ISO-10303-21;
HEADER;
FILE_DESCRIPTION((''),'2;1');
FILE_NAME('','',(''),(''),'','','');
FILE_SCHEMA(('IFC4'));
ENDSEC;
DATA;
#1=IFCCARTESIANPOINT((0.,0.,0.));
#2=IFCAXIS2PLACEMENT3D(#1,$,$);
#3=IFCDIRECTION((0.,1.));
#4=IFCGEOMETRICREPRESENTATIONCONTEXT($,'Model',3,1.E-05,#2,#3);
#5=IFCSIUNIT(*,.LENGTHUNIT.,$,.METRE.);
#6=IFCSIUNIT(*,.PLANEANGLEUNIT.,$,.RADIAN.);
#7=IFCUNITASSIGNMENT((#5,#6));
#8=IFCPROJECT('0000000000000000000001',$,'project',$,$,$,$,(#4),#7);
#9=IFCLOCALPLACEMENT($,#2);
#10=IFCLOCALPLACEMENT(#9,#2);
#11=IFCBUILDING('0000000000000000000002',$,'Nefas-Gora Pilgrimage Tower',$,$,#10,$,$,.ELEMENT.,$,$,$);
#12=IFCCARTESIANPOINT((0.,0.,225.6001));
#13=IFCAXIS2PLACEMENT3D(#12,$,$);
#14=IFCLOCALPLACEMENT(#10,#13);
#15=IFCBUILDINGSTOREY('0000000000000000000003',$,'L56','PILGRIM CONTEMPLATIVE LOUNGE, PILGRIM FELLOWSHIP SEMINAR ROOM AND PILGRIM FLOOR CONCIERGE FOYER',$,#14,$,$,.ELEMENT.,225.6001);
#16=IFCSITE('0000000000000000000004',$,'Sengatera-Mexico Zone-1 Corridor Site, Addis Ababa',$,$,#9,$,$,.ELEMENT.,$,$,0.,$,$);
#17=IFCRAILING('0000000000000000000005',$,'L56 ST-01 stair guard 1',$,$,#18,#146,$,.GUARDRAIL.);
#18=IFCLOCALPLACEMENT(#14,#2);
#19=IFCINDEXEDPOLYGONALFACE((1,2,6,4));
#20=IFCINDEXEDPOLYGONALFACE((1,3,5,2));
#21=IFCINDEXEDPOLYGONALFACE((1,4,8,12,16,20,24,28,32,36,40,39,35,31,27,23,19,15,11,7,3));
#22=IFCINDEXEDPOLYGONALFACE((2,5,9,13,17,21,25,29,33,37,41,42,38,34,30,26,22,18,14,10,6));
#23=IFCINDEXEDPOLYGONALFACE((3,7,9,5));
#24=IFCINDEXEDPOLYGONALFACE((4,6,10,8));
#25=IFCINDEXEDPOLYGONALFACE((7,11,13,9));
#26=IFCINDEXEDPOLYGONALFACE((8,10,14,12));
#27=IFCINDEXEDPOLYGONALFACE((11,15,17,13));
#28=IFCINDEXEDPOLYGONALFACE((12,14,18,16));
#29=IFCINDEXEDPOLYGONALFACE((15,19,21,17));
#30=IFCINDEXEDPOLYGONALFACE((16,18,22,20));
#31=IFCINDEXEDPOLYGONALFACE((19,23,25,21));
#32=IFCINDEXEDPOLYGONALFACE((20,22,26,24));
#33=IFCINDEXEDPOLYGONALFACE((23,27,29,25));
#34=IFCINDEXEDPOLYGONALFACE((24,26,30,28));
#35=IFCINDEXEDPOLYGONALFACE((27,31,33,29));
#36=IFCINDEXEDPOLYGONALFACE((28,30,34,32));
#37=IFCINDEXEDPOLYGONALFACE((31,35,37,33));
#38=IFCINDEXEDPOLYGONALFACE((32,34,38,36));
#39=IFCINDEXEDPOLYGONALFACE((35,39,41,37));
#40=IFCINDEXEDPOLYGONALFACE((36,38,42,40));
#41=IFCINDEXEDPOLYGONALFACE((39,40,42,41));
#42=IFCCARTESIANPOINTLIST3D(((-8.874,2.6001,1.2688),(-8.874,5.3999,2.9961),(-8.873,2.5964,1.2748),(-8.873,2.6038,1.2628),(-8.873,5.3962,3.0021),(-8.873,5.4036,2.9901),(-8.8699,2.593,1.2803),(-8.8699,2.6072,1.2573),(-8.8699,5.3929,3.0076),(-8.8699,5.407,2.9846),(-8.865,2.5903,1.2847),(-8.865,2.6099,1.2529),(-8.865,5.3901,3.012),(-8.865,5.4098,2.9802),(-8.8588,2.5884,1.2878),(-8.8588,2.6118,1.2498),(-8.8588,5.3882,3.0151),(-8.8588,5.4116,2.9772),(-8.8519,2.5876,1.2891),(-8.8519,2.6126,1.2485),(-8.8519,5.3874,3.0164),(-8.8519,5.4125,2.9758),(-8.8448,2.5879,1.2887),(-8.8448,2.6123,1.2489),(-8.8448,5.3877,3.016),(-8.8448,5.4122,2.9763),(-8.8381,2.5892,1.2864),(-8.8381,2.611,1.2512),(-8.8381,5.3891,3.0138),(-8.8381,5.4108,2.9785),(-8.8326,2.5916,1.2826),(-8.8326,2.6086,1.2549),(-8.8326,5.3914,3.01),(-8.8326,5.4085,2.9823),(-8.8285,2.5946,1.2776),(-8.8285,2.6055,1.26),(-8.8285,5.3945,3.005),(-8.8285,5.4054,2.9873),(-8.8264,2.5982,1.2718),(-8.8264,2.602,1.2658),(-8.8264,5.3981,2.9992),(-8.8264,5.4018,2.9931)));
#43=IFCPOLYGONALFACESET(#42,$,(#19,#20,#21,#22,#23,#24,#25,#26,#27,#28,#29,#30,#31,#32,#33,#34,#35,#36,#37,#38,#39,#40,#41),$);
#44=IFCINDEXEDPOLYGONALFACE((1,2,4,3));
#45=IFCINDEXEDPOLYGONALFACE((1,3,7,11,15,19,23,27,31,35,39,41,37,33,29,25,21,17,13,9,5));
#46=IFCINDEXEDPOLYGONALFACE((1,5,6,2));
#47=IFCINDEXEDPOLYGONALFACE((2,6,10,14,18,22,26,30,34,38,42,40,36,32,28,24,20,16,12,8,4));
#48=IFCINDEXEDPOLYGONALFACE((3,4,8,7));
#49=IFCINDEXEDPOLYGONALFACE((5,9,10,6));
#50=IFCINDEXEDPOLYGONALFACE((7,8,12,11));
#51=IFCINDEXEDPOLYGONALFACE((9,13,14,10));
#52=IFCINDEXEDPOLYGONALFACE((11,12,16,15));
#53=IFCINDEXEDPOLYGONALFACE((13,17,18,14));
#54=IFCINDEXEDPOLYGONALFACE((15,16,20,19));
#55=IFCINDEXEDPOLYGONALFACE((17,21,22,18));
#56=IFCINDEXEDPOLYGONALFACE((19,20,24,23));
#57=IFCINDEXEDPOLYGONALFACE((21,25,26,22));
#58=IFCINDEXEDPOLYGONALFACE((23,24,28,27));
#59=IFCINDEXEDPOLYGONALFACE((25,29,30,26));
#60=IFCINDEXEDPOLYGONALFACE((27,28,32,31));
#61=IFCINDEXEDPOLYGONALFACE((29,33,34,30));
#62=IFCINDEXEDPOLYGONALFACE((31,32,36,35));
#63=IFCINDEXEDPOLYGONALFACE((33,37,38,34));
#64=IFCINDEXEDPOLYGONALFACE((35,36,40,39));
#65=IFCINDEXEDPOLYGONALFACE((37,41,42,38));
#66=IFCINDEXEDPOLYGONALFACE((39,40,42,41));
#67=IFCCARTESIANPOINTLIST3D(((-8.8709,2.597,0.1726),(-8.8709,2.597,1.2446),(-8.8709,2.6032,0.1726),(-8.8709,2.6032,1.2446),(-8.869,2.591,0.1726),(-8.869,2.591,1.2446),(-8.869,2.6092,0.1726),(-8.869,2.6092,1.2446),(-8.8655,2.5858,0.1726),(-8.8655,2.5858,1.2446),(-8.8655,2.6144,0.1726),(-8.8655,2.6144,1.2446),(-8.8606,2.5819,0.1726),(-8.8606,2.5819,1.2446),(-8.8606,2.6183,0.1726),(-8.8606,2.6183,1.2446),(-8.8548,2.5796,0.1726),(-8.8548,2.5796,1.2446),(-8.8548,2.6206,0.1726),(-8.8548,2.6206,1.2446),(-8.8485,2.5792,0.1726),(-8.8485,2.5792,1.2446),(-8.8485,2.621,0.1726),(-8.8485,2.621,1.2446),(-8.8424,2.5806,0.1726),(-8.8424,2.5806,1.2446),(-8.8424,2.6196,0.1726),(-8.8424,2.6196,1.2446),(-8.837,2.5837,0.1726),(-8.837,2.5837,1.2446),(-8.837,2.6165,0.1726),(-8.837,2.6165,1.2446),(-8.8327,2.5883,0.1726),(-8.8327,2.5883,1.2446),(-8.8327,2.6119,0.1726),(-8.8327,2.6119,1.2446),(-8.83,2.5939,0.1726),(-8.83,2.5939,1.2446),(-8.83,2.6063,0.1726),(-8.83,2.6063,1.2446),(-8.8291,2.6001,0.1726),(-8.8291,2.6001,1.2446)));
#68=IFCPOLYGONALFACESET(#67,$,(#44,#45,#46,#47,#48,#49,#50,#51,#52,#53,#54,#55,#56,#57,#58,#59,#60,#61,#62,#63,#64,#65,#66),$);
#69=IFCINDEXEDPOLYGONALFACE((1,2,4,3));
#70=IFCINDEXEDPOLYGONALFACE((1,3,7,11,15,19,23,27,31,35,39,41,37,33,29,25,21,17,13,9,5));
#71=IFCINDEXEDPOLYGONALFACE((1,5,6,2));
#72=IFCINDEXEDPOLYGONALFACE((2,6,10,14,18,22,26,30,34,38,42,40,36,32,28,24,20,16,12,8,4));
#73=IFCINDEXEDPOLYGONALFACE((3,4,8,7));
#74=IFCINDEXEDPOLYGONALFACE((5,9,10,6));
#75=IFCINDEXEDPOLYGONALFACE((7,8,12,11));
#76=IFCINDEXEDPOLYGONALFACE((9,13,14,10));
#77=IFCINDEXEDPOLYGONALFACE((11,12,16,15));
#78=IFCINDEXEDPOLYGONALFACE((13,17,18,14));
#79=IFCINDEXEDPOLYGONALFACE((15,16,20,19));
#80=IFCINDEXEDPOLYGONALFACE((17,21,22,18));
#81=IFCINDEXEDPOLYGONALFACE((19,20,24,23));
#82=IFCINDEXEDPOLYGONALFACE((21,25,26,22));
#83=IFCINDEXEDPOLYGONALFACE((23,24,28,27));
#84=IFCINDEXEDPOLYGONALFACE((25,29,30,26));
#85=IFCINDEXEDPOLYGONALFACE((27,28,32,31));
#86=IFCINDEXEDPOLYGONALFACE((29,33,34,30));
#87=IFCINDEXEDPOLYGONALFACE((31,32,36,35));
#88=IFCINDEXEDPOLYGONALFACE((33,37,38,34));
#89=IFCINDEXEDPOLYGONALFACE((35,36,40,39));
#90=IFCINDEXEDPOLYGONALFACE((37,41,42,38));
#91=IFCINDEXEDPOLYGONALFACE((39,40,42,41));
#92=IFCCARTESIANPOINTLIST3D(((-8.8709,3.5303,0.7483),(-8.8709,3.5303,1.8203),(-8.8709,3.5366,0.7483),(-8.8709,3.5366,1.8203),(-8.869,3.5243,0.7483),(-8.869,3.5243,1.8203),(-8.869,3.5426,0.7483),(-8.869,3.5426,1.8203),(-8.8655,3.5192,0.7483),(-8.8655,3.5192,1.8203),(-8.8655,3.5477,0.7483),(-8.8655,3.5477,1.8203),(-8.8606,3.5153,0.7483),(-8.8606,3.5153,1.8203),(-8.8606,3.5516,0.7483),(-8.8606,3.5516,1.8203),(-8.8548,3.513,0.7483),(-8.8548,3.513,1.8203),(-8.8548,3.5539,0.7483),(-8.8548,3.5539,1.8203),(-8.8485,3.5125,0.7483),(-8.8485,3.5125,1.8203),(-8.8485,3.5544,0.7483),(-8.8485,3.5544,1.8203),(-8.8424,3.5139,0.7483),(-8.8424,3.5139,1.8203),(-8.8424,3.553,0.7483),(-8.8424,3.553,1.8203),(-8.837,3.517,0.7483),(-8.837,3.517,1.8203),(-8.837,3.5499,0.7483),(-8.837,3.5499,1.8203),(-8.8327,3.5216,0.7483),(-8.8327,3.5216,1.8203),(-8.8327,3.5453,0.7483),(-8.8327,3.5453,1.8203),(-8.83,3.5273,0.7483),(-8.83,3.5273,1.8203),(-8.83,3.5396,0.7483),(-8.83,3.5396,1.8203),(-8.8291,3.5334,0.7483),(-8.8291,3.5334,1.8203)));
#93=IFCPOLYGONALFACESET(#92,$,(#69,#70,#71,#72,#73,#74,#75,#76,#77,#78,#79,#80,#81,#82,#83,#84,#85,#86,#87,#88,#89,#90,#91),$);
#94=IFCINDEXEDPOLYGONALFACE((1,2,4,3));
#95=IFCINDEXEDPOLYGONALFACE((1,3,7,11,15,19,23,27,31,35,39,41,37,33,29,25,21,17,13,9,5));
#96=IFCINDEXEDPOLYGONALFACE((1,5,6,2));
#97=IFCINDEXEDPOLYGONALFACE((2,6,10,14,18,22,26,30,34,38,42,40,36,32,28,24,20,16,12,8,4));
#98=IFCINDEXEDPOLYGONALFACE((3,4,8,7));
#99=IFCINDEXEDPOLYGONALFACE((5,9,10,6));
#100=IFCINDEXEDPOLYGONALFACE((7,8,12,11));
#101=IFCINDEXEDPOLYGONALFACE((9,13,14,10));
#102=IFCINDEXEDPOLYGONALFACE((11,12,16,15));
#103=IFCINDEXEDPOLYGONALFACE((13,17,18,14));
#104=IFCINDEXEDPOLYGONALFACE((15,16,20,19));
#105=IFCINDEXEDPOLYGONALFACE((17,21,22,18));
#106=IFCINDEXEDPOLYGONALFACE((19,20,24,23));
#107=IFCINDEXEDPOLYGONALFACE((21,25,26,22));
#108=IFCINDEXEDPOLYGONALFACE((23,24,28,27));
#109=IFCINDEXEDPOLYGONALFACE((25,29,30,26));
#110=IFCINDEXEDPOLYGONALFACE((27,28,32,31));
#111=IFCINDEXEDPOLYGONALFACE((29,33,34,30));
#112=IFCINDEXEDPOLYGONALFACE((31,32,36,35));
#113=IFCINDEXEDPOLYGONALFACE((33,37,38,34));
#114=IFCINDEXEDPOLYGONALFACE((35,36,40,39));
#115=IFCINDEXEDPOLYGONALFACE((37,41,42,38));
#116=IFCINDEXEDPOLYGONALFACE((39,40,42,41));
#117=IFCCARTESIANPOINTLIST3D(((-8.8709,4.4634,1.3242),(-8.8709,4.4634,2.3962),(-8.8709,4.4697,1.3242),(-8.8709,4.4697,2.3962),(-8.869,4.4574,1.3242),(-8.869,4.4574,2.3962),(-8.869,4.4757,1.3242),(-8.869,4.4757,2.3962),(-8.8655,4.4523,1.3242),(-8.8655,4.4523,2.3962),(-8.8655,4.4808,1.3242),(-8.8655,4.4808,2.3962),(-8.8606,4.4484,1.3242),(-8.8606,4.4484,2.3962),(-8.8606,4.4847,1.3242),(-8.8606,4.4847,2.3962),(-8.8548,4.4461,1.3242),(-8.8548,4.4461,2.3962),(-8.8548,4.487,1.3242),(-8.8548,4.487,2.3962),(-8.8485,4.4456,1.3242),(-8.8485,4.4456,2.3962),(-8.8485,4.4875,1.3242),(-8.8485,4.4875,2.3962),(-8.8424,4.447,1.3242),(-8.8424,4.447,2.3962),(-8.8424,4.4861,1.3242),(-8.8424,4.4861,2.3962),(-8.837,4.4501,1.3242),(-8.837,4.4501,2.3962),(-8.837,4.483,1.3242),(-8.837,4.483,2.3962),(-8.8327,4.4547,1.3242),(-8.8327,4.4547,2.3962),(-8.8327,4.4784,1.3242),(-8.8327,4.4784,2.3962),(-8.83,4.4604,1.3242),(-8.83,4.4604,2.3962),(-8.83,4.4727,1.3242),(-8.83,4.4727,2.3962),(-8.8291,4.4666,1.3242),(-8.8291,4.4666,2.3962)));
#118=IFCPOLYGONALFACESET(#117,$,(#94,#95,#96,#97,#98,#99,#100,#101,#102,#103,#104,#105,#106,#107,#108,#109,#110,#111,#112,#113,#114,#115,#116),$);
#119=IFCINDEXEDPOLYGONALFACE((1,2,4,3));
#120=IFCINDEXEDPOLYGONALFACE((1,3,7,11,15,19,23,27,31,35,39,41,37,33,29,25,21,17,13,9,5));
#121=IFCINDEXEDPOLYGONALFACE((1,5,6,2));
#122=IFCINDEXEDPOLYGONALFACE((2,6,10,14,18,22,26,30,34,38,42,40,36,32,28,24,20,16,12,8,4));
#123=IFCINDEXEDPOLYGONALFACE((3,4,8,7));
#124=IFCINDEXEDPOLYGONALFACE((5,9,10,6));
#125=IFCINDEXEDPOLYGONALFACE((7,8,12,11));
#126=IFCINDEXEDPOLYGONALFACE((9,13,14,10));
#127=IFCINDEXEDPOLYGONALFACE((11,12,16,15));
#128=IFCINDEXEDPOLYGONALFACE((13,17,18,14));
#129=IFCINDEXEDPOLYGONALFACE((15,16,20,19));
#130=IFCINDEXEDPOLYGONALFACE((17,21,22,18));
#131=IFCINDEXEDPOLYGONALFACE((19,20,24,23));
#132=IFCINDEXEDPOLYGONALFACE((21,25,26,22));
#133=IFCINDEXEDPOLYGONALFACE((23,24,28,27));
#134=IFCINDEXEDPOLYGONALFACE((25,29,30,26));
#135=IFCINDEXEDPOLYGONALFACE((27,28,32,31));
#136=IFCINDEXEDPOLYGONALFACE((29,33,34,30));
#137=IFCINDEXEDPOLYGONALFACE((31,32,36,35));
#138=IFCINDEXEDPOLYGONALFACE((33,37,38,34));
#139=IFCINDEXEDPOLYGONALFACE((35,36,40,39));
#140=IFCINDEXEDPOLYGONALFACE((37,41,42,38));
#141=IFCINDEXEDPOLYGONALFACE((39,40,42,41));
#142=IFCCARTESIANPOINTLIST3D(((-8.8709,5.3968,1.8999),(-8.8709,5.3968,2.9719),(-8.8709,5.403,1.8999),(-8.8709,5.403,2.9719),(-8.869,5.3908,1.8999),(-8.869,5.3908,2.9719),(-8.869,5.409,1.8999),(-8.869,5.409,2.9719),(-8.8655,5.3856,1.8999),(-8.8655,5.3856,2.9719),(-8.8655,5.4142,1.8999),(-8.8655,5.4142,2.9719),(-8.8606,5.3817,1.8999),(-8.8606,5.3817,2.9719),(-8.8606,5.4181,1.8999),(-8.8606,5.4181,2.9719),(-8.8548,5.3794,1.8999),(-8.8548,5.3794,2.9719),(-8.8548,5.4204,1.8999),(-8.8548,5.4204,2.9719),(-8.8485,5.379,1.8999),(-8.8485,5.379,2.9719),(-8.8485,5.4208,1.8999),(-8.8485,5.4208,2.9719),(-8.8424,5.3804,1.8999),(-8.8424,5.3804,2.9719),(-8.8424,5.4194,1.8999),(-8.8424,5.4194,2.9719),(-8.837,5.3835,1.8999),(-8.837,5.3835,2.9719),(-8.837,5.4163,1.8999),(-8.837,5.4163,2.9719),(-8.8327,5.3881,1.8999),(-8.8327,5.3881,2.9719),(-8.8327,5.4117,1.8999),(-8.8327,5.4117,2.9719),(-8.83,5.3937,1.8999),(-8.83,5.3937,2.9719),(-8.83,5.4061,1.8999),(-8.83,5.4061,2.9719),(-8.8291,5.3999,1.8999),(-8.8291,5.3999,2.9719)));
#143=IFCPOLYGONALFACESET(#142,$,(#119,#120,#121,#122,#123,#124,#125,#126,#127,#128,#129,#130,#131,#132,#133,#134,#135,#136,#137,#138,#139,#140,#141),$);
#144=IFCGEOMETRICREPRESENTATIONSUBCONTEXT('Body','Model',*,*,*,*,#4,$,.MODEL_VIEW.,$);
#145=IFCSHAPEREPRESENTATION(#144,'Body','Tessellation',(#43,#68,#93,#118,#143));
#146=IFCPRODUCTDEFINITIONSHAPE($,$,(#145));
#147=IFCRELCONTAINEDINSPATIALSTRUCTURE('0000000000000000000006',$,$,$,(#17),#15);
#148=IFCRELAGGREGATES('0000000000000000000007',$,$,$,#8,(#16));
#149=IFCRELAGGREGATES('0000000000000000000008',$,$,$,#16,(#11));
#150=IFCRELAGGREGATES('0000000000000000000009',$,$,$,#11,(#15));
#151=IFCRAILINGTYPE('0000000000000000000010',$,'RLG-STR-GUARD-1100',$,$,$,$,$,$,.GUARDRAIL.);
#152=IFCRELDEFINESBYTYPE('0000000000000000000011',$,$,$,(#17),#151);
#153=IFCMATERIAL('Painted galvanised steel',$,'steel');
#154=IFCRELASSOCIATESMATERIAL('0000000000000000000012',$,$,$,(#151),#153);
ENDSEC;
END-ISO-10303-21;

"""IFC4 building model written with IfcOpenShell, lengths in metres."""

from ifc_helpers import new_model, si_unit, direction, frame, origin, origin_2d, place, context, subcontext, project, spatial, circle, extrude, material, type_object, element, save


model = new_model("IFC4")

# Units and contexts
model_context = context("Model", 3, precision=1e-05, world=origin(), true_north=direction((0.0, 1.0)))
body_context = subcontext(model_context, "Body", "Model", "MODEL_VIEW")
ifc_project = project(units=[si_unit("LENGTHUNIT", "METRE"), si_unit("PLANEANGLEUNIT", "RADIAN")], contexts=[model_context])

# Site, building, storey
site_placement = place(None, origin())
site = spatial("IfcSite", under=ifc_project, at=site_placement, Name="Sengatera-Mexico Zone-1 Corridor Site, Addis Ababa", CompositionType="ELEMENT", RefElevation=0.0)
building_placement = place(site_placement, origin())
building = spatial("IfcBuilding", under=site, at=building_placement, Name="Nefas-Gora Pilgrimage Tower", CompositionType="ELEMENT")
storey_placement = place(building_placement, frame((0.0, 0.0, 225.6001)))
storey = spatial("IfcBuildingStorey", under=building, at=storey_placement, Name="L56", Description="PILGRIM CONTEMPLATIVE LOUNGE, PILGRIM FELLOWSHIP SEMINAR ROOM AND PILGRIM FLOOR CONCIERGE FOYER", CompositionType="ELEMENT", Elevation=225.6001)

# Railing
ifc_material_1 = material(Name="Painted galvanised steel", Category="steel")
railing_type_1 = type_object("IfcRailingType", Name="RLG-STR-GUARD-1100", PredefinedType="GUARDRAIL", material=ifc_material_1)
railing_1_placement = place(storey_placement, frame((-8.8501, 2.6001, 0.1726)))
element("IfcRailing", 1, at=railing_1_placement, inside=storey, type_object=railing_type_1, Name="L56 ST-01 stair guard 1", PredefinedType="GUARDRAIL", context=body_context, shape_type="SweptSolid", body=[
    extrude(circle(Radius=0.0239, at=origin_2d()), frame((0.0, 0.0, 1.0962), z_axis=(0.0, 0.851069, 0.525054), x_axis=(-1.0, 0.0, 0.0)), (0.0, 0.0, 1.0), 3.2898),
    extrude(circle(Radius=0.021, at=origin_2d()), origin(), (0.0, 0.0, 1.0), 1.072),
    extrude(circle(Radius=0.021, at=origin_2d()), frame((0.0, 0.9333, 0.5757)), (0.0, 0.0, 1.0), 1.072),
    extrude(circle(Radius=0.021, at=origin_2d()), frame((0.0, 1.8665, 1.1516)), (0.0, 0.0, 1.0), 1.072),
    extrude(circle(Radius=0.021, at=origin_2d()), frame((0.0, 2.7998, 1.7273)), (0.0, 0.0, 1.0), 1.072),
])

save(model, "model.ifc")
